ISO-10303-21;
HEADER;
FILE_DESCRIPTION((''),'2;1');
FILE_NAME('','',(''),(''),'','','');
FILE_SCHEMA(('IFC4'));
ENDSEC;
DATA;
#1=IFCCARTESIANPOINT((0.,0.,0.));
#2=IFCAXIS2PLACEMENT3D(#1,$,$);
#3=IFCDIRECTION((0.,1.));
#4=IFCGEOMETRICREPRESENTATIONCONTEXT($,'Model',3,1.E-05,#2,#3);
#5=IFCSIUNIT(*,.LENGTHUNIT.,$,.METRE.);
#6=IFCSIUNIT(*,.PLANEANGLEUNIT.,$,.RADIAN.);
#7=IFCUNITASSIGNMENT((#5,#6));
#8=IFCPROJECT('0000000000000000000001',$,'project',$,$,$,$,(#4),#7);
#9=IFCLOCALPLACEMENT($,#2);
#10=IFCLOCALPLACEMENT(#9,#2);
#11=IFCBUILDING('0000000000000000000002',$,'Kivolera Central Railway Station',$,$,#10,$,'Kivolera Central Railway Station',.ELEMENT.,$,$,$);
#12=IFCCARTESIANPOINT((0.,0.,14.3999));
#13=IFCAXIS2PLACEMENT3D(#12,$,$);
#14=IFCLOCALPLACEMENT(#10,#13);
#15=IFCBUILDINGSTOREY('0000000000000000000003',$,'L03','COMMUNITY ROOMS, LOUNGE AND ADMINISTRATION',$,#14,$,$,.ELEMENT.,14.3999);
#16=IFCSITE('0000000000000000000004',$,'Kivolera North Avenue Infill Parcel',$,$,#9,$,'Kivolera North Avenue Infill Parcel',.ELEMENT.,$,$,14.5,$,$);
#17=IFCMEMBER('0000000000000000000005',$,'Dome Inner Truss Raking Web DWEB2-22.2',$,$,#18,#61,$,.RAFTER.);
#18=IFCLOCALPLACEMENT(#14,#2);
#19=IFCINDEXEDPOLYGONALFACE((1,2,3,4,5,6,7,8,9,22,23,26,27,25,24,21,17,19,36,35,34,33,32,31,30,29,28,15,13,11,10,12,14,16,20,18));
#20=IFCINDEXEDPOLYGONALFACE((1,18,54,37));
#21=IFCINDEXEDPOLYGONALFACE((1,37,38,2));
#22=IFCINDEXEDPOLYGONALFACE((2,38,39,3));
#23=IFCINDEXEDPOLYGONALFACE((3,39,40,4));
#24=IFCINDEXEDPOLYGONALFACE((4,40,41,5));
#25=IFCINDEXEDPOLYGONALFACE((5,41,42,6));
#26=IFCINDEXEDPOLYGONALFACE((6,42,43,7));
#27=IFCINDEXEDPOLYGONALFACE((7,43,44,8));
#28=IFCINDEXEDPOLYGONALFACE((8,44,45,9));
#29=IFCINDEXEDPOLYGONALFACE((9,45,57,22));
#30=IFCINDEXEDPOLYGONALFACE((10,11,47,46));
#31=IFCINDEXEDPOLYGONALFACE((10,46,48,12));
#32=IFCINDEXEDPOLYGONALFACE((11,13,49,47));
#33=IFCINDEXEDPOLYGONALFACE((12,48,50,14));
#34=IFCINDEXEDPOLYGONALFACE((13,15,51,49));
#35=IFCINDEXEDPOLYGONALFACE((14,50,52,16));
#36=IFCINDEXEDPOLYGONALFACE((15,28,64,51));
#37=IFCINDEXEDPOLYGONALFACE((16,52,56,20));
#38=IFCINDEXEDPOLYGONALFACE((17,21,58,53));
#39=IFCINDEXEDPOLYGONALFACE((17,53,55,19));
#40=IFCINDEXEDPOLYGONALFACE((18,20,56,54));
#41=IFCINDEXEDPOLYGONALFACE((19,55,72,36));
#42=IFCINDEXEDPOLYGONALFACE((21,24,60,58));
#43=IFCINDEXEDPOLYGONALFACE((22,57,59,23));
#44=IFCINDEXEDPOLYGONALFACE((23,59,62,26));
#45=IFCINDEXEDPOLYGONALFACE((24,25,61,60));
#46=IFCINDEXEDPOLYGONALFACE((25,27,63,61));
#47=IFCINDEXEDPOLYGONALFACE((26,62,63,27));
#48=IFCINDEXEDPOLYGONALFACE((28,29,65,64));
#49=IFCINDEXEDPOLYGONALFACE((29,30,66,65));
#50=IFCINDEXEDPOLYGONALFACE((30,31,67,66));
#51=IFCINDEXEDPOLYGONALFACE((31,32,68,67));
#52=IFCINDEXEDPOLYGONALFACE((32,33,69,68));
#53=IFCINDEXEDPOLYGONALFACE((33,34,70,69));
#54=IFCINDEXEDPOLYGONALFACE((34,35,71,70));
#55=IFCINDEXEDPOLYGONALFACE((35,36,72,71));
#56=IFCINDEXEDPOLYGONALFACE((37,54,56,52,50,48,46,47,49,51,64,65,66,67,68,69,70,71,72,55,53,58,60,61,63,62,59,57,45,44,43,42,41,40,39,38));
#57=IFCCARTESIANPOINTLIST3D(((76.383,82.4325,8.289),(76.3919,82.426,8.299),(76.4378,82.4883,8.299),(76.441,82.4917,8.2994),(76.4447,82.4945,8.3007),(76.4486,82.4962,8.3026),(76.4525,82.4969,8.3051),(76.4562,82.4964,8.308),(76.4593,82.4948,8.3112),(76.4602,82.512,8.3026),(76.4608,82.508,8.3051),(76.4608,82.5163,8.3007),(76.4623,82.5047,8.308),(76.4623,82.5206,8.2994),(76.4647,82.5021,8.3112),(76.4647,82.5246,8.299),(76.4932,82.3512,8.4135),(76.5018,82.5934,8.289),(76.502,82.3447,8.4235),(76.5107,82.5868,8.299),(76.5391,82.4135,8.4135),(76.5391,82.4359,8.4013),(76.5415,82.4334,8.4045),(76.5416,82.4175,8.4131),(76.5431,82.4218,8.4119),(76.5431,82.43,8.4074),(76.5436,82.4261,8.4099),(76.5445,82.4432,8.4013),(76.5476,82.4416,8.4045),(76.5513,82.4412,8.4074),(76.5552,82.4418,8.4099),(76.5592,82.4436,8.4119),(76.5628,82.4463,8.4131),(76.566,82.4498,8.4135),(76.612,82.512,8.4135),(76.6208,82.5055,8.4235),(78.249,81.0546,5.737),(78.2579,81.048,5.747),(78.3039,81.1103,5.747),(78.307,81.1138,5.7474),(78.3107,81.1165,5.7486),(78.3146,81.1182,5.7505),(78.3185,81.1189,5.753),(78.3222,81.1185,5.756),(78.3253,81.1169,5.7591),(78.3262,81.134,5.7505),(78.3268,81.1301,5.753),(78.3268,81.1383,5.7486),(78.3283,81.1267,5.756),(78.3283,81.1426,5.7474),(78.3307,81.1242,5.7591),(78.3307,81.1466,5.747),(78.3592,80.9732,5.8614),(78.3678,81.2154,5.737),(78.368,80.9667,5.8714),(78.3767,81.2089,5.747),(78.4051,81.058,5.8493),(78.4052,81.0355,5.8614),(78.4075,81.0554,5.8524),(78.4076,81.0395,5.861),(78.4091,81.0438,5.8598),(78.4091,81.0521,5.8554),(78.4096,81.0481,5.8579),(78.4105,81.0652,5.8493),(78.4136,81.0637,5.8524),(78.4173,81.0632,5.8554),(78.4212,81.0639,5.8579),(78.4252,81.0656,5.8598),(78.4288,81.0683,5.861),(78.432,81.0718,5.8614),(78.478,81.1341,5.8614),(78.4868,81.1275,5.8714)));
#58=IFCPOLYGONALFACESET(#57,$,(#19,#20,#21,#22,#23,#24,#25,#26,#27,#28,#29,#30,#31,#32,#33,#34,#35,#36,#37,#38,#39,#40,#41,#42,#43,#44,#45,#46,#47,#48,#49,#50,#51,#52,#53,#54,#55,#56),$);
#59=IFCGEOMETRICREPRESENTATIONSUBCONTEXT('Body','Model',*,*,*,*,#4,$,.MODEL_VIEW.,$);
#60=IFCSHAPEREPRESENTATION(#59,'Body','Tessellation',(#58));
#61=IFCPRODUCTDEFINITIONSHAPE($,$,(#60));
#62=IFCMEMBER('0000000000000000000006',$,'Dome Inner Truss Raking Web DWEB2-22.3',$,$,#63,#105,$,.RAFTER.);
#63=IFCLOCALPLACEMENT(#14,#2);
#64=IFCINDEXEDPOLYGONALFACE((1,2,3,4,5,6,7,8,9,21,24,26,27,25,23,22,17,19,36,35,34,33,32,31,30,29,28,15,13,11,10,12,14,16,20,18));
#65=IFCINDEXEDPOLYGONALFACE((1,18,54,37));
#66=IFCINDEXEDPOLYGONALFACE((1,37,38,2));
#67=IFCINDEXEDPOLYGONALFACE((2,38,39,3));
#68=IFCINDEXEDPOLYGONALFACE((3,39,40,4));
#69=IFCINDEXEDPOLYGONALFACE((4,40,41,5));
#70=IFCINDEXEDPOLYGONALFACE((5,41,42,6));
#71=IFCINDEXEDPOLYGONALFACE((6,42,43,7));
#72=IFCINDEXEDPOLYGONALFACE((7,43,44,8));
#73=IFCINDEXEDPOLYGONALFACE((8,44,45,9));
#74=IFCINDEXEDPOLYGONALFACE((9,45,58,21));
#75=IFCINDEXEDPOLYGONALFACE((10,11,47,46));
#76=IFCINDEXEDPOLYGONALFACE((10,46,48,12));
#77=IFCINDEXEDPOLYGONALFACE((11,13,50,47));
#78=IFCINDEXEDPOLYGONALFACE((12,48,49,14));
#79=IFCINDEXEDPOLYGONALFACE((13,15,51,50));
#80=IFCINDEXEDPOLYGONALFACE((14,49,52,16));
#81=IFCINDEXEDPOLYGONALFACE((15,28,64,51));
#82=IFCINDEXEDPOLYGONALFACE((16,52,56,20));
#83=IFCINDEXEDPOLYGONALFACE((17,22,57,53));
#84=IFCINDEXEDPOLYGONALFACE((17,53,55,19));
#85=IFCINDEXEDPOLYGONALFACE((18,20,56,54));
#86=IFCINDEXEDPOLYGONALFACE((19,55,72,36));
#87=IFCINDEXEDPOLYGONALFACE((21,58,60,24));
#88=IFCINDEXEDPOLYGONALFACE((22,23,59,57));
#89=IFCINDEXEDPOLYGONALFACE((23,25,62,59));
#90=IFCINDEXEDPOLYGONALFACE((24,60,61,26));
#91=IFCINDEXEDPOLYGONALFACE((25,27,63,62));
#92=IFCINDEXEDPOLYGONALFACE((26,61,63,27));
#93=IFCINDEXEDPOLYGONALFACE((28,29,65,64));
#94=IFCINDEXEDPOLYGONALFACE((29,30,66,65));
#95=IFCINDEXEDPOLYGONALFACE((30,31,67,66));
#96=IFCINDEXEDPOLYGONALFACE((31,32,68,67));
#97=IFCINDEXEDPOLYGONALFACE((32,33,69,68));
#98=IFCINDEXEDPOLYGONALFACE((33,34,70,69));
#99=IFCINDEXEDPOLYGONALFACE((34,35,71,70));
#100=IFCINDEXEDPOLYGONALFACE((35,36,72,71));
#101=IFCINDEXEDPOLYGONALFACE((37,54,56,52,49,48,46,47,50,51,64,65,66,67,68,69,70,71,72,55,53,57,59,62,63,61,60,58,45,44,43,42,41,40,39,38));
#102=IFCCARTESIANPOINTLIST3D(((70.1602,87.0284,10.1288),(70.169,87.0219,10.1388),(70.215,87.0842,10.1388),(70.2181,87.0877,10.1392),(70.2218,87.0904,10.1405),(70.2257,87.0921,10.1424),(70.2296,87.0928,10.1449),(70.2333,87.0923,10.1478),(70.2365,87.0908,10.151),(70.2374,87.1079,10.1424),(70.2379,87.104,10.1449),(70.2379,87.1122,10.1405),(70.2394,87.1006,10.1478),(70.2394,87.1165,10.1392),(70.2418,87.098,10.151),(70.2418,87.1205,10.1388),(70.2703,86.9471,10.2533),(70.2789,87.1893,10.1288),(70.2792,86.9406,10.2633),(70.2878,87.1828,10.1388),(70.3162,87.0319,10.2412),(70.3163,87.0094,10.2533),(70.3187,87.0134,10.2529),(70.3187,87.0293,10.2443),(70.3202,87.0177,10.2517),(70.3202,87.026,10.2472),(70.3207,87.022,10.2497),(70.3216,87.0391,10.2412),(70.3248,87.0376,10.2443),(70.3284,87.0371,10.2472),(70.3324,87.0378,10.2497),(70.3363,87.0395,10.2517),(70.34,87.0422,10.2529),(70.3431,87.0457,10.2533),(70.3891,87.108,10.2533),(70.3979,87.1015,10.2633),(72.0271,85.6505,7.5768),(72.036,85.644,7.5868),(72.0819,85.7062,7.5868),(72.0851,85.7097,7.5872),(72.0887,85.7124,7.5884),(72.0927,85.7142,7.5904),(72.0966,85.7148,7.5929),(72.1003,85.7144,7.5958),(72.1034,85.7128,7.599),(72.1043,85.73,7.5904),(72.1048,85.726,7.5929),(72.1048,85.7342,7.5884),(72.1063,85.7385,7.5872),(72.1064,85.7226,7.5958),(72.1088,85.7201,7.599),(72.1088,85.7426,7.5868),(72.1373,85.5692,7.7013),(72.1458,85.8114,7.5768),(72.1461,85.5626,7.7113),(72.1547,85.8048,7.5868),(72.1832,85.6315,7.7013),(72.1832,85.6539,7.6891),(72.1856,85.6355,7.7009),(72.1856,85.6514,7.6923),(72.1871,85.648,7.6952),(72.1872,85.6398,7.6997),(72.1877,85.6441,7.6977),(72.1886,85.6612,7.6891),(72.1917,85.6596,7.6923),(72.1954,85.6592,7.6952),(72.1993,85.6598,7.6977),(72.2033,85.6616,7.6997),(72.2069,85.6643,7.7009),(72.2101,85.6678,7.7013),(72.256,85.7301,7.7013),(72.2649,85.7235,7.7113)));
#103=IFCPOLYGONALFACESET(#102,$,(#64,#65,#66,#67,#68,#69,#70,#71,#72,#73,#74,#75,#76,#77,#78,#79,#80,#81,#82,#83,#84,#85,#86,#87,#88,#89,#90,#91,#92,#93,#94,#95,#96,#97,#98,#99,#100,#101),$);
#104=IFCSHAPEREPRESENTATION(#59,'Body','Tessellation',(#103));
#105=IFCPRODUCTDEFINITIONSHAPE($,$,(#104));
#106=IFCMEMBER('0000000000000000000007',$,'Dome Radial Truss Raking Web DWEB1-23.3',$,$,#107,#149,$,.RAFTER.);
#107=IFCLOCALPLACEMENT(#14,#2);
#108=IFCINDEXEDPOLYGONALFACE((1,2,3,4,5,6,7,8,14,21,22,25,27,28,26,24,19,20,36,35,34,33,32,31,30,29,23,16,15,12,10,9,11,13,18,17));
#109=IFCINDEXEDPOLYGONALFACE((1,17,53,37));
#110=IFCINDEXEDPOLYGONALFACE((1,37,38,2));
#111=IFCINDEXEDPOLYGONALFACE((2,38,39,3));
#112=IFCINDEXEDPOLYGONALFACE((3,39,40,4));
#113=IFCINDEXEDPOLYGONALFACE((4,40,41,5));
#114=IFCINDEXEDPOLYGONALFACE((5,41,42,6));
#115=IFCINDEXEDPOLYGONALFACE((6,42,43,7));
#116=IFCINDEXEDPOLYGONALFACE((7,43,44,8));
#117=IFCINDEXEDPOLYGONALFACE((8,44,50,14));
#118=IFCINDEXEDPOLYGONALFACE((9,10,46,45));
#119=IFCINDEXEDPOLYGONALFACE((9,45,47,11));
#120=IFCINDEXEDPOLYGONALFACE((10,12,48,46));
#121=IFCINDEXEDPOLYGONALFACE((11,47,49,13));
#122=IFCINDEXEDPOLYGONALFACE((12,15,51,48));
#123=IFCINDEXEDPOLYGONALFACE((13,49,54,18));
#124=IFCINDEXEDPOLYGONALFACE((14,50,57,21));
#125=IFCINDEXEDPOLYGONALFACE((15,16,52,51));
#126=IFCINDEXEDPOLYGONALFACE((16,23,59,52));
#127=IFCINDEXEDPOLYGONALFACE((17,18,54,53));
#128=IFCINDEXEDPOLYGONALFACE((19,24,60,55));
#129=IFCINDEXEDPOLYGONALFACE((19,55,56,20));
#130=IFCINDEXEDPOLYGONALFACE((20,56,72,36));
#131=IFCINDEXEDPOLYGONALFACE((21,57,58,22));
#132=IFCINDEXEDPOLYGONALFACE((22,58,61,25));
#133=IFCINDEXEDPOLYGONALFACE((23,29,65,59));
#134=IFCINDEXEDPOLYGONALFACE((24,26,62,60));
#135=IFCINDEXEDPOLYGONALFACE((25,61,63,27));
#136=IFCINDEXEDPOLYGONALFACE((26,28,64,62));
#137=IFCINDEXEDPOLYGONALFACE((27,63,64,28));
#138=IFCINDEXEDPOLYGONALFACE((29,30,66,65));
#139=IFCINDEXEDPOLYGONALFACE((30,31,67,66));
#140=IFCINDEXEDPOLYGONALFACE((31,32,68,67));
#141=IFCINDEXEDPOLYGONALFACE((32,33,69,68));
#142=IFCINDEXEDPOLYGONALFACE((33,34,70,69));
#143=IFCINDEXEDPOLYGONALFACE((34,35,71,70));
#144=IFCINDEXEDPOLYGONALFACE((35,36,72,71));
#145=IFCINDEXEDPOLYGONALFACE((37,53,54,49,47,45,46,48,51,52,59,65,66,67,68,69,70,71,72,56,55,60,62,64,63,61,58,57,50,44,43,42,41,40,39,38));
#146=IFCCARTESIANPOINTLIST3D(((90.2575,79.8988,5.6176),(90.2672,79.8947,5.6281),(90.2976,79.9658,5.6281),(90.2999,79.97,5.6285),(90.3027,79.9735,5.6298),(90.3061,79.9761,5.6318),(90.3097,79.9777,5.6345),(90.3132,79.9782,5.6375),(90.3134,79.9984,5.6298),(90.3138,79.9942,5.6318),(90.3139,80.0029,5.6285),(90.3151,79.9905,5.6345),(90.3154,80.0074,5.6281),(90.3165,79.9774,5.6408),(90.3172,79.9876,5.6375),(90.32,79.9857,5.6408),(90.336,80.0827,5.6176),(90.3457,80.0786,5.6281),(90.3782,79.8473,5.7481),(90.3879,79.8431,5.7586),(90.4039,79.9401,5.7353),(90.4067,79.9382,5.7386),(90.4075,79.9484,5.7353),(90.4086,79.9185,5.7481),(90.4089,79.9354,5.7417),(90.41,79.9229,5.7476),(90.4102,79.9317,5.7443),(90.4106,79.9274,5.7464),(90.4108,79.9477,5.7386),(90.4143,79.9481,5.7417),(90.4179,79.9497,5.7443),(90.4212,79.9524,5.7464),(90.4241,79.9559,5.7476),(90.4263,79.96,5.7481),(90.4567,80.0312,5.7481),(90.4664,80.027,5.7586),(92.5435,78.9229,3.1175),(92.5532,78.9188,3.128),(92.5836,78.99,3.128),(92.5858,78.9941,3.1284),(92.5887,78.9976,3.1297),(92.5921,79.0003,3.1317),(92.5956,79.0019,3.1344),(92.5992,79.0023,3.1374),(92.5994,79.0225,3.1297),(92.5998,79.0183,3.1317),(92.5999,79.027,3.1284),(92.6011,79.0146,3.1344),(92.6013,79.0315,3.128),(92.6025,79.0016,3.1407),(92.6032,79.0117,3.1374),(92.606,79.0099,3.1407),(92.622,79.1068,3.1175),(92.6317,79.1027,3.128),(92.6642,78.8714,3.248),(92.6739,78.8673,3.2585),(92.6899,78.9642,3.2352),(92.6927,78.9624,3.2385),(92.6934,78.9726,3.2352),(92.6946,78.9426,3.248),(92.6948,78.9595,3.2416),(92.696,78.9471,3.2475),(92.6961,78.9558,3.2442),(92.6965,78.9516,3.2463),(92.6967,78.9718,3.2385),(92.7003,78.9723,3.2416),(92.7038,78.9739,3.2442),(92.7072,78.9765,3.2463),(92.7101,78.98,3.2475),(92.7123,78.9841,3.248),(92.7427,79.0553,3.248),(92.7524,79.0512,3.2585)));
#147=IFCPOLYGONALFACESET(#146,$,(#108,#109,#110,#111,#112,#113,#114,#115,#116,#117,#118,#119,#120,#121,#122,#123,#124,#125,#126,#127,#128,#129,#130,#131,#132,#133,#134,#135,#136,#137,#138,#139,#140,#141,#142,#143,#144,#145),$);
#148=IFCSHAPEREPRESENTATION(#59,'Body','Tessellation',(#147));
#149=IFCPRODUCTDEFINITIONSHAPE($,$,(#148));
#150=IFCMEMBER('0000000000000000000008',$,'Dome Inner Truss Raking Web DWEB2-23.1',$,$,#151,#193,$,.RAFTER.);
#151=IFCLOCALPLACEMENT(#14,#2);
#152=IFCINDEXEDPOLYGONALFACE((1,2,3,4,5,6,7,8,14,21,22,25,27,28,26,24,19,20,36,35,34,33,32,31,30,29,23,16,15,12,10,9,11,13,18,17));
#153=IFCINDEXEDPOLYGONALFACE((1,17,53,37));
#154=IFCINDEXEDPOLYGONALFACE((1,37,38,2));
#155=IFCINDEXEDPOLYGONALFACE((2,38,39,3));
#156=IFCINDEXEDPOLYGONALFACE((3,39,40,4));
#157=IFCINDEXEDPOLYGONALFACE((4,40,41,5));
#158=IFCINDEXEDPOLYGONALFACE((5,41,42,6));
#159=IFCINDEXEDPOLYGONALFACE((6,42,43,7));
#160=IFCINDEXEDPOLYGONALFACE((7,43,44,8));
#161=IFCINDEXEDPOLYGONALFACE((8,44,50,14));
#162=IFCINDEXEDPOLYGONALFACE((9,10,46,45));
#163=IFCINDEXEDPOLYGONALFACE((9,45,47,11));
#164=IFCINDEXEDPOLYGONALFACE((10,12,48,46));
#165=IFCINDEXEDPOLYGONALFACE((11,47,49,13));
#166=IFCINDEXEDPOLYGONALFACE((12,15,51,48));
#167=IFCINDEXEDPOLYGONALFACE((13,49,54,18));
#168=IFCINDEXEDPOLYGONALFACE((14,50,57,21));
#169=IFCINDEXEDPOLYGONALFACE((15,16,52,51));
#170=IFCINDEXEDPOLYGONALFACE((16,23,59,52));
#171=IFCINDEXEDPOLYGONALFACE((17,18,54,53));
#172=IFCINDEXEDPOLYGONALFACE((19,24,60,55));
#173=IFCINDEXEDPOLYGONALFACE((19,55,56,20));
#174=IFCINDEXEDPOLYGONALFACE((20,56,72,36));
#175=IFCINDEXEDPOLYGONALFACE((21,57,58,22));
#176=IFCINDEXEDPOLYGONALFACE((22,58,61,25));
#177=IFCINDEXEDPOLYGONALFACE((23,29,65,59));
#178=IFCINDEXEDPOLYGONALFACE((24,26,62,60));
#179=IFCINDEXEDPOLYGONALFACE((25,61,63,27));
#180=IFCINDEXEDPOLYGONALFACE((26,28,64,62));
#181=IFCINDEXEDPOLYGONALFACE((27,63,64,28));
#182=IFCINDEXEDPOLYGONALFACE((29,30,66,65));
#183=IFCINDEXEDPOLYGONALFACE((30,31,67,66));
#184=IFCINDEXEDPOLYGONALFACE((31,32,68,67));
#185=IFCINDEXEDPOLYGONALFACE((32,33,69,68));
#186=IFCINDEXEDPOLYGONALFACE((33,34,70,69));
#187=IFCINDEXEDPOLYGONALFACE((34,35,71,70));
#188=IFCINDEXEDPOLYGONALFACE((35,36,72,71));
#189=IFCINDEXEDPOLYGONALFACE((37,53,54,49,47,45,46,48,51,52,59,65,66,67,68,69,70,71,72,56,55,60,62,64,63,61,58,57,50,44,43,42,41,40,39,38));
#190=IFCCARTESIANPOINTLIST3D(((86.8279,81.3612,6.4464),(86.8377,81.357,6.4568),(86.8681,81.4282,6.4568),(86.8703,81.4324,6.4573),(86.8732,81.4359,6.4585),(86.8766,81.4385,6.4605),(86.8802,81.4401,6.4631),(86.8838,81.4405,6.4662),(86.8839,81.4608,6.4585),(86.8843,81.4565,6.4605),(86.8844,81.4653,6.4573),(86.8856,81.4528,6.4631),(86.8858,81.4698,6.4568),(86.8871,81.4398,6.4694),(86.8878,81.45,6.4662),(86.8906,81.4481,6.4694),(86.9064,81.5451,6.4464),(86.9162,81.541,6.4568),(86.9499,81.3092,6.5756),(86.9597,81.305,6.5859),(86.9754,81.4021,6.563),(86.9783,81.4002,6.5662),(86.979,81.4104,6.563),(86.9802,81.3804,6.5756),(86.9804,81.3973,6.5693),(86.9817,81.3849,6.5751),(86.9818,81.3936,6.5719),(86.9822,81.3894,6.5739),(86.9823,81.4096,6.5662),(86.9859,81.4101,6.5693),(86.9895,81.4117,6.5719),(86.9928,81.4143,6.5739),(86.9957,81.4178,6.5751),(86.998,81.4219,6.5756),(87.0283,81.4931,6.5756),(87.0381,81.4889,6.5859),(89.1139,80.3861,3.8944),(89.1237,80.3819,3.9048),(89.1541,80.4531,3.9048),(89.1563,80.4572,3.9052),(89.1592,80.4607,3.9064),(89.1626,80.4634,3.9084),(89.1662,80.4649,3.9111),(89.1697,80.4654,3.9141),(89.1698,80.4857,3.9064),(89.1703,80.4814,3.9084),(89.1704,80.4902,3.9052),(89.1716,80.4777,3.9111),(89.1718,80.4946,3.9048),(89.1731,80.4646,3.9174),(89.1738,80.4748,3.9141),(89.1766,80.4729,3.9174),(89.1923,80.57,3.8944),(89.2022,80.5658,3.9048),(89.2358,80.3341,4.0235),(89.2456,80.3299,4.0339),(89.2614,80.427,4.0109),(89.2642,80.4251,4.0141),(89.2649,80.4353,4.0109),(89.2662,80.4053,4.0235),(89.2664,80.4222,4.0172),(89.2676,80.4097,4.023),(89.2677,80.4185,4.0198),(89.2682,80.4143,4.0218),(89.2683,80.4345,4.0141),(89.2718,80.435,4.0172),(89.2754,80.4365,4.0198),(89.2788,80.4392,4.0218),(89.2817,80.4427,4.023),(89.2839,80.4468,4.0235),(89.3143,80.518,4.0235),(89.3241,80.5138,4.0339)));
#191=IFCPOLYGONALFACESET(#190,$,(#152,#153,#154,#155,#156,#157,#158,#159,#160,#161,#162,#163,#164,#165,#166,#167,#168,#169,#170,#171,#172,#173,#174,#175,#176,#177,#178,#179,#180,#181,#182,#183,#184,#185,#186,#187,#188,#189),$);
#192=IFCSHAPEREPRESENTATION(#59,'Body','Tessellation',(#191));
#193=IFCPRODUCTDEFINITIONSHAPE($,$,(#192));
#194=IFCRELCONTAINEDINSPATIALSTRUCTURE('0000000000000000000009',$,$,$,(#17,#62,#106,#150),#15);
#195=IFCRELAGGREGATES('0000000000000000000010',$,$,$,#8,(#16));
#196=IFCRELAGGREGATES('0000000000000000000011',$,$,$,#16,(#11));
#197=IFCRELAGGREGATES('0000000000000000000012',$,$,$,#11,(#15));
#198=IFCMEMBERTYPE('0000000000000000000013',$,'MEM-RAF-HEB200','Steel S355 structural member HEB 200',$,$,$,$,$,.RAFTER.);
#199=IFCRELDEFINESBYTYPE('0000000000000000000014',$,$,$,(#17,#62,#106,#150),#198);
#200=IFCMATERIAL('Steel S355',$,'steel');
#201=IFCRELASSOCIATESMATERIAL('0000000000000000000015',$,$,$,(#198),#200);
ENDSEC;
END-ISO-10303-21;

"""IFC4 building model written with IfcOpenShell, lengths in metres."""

from ifc_helpers import new_model, si_unit, direction, frame, origin, origin_2d, place, context, subcontext, project, spatial, i_section, extrude, material, material_profile, profile_set, type_object, element, save


model = new_model("IFC4")

# Units and contexts
model_context = context("Model", 3, precision=1e-05, world=origin(), true_north=direction((0.0, 1.0)))
body_context = subcontext(model_context, "Body", "Model", "MODEL_VIEW")
ifc_project = project(units=[si_unit("LENGTHUNIT", "METRE"), si_unit("PLANEANGLEUNIT", "RADIAN")], contexts=[model_context])

# Site, building, storey
site_placement = place(None, origin())
site = spatial("IfcSite", under=ifc_project, at=site_placement, Name="Kivolera North Avenue Infill Parcel", LongName="Kivolera North Avenue Infill Parcel", CompositionType="ELEMENT", RefElevation=14.5)
building_placement = place(site_placement, origin())
building = spatial("IfcBuilding", under=site, at=building_placement, Name="Kivolera Central Railway Station", LongName="Kivolera Central Railway Station", CompositionType="ELEMENT")
storey_placement = place(building_placement, frame((0.0, 0.0, 14.3999)))
storey = spatial("IfcBuildingStorey", under=building, at=storey_placement, Name="L03", Description="COMMUNITY ROOMS, LOUNGE AND ADMINISTRATION", CompositionType="ELEMENT", Elevation=14.3999)

# Shared definitions
ifc_material_1 = material(Name="Steel S355", Category="steel")

# Members
ifc_material_profile_1 = material_profile(ifc_material_1, i_section(OverallWidth=0.2, OverallDepth=0.2, WebThickness=0.009, FlangeThickness=0.0149, FilletRadius=0.0181, at=origin_2d()), Name="HEB 200")
ifc_profile_set_1 = profile_set([ifc_material_profile_1], Name="Steel S355")
member_type_1 = type_object("IfcMemberType", Name="MEM-RAF-HEB200", Description="Steel S355 structural member HEB 200", PredefinedType="RAFTER", material=ifc_profile_set_1)
member_1_placement = place(storey_placement, frame((78.3679, 81.0911, 5.8042), z_axis=(-0.541071, 0.399555, 0.739999), x_axis=(-0.594039, -0.804436, 0.0)))
element("IfcMember", 1, at=member_1_placement, inside=storey, type_object=member_type_1, Name="Dome Inner Truss Raking Web DWEB2-22.2", PredefinedType="RAFTER", context=body_context, shape_type="SweptSolid", body=[
    extrude(i_section(OverallWidth=0.2, OverallDepth=0.2, WebThickness=0.009, FlangeThickness=0.0149, FilletRadius=0.0181, at=origin_2d()), origin(), (0.0, 0.0, 1.0), 3.4487),
])
member_2_placement = place(storey_placement, frame((72.146, 85.687, 7.644), z_axis=(-0.541271, 0.399494, 0.739885), x_axis=(-0.593838, -0.804585, 0.0)))
element("IfcMember", 2, at=member_2_placement, inside=storey, type_object=member_type_1, Name="Dome Inner Truss Raking Web DWEB2-22.3", PredefinedType="RAFTER", context=body_context, shape_type="SweptSolid", body=[
    extrude(i_section(OverallWidth=0.2, OverallDepth=0.2, WebThickness=0.009, FlangeThickness=0.0149, FilletRadius=0.0181, at=origin_2d()), origin(), (0.0, 0.0, 1.0), 3.4492),
])
member_3_placement = place(storey_placement, frame((92.6479, 78.9871, 3.188), z_axis=(-0.648429, 0.27681, 0.709165), x_axis=(-0.392615, -0.919703, 0.0)))
element("IfcMember", 3, at=member_3_placement, inside=storey, type_object=member_type_1, Name="Dome Radial Truss Raking Web DWEB1-23.3", PredefinedType="RAFTER", context=body_context, shape_type="SweptSolid", body=[
    extrude(i_section(OverallWidth=0.2, OverallDepth=0.2, WebThickness=0.009, FlangeThickness=0.0149, FilletRadius=0.0181, at=origin_2d()), origin(), (0.0, 0.0, 1.0), 3.5254),
])
member_4_placement = place(storey_placement, frame((89.219, 80.45, 3.9641), z_axis=(-0.641718, 0.27374, 0.716425), x_axis=(-0.392366, -0.919809, 0.0)))
element("IfcMember", 4, at=member_4_placement, inside=storey, type_object=member_type_1, Name="Dome Inner Truss Raking Web DWEB2-23.1", PredefinedType="RAFTER", context=body_context, shape_type="SweptSolid", body=[
    extrude(i_section(OverallWidth=0.2, OverallDepth=0.2, WebThickness=0.009, FlangeThickness=0.0149, FilletRadius=0.0181, at=origin_2d()), origin(), (0.0, 0.0, 1.0), 3.5623),
])

save(model, "model.ifc")
